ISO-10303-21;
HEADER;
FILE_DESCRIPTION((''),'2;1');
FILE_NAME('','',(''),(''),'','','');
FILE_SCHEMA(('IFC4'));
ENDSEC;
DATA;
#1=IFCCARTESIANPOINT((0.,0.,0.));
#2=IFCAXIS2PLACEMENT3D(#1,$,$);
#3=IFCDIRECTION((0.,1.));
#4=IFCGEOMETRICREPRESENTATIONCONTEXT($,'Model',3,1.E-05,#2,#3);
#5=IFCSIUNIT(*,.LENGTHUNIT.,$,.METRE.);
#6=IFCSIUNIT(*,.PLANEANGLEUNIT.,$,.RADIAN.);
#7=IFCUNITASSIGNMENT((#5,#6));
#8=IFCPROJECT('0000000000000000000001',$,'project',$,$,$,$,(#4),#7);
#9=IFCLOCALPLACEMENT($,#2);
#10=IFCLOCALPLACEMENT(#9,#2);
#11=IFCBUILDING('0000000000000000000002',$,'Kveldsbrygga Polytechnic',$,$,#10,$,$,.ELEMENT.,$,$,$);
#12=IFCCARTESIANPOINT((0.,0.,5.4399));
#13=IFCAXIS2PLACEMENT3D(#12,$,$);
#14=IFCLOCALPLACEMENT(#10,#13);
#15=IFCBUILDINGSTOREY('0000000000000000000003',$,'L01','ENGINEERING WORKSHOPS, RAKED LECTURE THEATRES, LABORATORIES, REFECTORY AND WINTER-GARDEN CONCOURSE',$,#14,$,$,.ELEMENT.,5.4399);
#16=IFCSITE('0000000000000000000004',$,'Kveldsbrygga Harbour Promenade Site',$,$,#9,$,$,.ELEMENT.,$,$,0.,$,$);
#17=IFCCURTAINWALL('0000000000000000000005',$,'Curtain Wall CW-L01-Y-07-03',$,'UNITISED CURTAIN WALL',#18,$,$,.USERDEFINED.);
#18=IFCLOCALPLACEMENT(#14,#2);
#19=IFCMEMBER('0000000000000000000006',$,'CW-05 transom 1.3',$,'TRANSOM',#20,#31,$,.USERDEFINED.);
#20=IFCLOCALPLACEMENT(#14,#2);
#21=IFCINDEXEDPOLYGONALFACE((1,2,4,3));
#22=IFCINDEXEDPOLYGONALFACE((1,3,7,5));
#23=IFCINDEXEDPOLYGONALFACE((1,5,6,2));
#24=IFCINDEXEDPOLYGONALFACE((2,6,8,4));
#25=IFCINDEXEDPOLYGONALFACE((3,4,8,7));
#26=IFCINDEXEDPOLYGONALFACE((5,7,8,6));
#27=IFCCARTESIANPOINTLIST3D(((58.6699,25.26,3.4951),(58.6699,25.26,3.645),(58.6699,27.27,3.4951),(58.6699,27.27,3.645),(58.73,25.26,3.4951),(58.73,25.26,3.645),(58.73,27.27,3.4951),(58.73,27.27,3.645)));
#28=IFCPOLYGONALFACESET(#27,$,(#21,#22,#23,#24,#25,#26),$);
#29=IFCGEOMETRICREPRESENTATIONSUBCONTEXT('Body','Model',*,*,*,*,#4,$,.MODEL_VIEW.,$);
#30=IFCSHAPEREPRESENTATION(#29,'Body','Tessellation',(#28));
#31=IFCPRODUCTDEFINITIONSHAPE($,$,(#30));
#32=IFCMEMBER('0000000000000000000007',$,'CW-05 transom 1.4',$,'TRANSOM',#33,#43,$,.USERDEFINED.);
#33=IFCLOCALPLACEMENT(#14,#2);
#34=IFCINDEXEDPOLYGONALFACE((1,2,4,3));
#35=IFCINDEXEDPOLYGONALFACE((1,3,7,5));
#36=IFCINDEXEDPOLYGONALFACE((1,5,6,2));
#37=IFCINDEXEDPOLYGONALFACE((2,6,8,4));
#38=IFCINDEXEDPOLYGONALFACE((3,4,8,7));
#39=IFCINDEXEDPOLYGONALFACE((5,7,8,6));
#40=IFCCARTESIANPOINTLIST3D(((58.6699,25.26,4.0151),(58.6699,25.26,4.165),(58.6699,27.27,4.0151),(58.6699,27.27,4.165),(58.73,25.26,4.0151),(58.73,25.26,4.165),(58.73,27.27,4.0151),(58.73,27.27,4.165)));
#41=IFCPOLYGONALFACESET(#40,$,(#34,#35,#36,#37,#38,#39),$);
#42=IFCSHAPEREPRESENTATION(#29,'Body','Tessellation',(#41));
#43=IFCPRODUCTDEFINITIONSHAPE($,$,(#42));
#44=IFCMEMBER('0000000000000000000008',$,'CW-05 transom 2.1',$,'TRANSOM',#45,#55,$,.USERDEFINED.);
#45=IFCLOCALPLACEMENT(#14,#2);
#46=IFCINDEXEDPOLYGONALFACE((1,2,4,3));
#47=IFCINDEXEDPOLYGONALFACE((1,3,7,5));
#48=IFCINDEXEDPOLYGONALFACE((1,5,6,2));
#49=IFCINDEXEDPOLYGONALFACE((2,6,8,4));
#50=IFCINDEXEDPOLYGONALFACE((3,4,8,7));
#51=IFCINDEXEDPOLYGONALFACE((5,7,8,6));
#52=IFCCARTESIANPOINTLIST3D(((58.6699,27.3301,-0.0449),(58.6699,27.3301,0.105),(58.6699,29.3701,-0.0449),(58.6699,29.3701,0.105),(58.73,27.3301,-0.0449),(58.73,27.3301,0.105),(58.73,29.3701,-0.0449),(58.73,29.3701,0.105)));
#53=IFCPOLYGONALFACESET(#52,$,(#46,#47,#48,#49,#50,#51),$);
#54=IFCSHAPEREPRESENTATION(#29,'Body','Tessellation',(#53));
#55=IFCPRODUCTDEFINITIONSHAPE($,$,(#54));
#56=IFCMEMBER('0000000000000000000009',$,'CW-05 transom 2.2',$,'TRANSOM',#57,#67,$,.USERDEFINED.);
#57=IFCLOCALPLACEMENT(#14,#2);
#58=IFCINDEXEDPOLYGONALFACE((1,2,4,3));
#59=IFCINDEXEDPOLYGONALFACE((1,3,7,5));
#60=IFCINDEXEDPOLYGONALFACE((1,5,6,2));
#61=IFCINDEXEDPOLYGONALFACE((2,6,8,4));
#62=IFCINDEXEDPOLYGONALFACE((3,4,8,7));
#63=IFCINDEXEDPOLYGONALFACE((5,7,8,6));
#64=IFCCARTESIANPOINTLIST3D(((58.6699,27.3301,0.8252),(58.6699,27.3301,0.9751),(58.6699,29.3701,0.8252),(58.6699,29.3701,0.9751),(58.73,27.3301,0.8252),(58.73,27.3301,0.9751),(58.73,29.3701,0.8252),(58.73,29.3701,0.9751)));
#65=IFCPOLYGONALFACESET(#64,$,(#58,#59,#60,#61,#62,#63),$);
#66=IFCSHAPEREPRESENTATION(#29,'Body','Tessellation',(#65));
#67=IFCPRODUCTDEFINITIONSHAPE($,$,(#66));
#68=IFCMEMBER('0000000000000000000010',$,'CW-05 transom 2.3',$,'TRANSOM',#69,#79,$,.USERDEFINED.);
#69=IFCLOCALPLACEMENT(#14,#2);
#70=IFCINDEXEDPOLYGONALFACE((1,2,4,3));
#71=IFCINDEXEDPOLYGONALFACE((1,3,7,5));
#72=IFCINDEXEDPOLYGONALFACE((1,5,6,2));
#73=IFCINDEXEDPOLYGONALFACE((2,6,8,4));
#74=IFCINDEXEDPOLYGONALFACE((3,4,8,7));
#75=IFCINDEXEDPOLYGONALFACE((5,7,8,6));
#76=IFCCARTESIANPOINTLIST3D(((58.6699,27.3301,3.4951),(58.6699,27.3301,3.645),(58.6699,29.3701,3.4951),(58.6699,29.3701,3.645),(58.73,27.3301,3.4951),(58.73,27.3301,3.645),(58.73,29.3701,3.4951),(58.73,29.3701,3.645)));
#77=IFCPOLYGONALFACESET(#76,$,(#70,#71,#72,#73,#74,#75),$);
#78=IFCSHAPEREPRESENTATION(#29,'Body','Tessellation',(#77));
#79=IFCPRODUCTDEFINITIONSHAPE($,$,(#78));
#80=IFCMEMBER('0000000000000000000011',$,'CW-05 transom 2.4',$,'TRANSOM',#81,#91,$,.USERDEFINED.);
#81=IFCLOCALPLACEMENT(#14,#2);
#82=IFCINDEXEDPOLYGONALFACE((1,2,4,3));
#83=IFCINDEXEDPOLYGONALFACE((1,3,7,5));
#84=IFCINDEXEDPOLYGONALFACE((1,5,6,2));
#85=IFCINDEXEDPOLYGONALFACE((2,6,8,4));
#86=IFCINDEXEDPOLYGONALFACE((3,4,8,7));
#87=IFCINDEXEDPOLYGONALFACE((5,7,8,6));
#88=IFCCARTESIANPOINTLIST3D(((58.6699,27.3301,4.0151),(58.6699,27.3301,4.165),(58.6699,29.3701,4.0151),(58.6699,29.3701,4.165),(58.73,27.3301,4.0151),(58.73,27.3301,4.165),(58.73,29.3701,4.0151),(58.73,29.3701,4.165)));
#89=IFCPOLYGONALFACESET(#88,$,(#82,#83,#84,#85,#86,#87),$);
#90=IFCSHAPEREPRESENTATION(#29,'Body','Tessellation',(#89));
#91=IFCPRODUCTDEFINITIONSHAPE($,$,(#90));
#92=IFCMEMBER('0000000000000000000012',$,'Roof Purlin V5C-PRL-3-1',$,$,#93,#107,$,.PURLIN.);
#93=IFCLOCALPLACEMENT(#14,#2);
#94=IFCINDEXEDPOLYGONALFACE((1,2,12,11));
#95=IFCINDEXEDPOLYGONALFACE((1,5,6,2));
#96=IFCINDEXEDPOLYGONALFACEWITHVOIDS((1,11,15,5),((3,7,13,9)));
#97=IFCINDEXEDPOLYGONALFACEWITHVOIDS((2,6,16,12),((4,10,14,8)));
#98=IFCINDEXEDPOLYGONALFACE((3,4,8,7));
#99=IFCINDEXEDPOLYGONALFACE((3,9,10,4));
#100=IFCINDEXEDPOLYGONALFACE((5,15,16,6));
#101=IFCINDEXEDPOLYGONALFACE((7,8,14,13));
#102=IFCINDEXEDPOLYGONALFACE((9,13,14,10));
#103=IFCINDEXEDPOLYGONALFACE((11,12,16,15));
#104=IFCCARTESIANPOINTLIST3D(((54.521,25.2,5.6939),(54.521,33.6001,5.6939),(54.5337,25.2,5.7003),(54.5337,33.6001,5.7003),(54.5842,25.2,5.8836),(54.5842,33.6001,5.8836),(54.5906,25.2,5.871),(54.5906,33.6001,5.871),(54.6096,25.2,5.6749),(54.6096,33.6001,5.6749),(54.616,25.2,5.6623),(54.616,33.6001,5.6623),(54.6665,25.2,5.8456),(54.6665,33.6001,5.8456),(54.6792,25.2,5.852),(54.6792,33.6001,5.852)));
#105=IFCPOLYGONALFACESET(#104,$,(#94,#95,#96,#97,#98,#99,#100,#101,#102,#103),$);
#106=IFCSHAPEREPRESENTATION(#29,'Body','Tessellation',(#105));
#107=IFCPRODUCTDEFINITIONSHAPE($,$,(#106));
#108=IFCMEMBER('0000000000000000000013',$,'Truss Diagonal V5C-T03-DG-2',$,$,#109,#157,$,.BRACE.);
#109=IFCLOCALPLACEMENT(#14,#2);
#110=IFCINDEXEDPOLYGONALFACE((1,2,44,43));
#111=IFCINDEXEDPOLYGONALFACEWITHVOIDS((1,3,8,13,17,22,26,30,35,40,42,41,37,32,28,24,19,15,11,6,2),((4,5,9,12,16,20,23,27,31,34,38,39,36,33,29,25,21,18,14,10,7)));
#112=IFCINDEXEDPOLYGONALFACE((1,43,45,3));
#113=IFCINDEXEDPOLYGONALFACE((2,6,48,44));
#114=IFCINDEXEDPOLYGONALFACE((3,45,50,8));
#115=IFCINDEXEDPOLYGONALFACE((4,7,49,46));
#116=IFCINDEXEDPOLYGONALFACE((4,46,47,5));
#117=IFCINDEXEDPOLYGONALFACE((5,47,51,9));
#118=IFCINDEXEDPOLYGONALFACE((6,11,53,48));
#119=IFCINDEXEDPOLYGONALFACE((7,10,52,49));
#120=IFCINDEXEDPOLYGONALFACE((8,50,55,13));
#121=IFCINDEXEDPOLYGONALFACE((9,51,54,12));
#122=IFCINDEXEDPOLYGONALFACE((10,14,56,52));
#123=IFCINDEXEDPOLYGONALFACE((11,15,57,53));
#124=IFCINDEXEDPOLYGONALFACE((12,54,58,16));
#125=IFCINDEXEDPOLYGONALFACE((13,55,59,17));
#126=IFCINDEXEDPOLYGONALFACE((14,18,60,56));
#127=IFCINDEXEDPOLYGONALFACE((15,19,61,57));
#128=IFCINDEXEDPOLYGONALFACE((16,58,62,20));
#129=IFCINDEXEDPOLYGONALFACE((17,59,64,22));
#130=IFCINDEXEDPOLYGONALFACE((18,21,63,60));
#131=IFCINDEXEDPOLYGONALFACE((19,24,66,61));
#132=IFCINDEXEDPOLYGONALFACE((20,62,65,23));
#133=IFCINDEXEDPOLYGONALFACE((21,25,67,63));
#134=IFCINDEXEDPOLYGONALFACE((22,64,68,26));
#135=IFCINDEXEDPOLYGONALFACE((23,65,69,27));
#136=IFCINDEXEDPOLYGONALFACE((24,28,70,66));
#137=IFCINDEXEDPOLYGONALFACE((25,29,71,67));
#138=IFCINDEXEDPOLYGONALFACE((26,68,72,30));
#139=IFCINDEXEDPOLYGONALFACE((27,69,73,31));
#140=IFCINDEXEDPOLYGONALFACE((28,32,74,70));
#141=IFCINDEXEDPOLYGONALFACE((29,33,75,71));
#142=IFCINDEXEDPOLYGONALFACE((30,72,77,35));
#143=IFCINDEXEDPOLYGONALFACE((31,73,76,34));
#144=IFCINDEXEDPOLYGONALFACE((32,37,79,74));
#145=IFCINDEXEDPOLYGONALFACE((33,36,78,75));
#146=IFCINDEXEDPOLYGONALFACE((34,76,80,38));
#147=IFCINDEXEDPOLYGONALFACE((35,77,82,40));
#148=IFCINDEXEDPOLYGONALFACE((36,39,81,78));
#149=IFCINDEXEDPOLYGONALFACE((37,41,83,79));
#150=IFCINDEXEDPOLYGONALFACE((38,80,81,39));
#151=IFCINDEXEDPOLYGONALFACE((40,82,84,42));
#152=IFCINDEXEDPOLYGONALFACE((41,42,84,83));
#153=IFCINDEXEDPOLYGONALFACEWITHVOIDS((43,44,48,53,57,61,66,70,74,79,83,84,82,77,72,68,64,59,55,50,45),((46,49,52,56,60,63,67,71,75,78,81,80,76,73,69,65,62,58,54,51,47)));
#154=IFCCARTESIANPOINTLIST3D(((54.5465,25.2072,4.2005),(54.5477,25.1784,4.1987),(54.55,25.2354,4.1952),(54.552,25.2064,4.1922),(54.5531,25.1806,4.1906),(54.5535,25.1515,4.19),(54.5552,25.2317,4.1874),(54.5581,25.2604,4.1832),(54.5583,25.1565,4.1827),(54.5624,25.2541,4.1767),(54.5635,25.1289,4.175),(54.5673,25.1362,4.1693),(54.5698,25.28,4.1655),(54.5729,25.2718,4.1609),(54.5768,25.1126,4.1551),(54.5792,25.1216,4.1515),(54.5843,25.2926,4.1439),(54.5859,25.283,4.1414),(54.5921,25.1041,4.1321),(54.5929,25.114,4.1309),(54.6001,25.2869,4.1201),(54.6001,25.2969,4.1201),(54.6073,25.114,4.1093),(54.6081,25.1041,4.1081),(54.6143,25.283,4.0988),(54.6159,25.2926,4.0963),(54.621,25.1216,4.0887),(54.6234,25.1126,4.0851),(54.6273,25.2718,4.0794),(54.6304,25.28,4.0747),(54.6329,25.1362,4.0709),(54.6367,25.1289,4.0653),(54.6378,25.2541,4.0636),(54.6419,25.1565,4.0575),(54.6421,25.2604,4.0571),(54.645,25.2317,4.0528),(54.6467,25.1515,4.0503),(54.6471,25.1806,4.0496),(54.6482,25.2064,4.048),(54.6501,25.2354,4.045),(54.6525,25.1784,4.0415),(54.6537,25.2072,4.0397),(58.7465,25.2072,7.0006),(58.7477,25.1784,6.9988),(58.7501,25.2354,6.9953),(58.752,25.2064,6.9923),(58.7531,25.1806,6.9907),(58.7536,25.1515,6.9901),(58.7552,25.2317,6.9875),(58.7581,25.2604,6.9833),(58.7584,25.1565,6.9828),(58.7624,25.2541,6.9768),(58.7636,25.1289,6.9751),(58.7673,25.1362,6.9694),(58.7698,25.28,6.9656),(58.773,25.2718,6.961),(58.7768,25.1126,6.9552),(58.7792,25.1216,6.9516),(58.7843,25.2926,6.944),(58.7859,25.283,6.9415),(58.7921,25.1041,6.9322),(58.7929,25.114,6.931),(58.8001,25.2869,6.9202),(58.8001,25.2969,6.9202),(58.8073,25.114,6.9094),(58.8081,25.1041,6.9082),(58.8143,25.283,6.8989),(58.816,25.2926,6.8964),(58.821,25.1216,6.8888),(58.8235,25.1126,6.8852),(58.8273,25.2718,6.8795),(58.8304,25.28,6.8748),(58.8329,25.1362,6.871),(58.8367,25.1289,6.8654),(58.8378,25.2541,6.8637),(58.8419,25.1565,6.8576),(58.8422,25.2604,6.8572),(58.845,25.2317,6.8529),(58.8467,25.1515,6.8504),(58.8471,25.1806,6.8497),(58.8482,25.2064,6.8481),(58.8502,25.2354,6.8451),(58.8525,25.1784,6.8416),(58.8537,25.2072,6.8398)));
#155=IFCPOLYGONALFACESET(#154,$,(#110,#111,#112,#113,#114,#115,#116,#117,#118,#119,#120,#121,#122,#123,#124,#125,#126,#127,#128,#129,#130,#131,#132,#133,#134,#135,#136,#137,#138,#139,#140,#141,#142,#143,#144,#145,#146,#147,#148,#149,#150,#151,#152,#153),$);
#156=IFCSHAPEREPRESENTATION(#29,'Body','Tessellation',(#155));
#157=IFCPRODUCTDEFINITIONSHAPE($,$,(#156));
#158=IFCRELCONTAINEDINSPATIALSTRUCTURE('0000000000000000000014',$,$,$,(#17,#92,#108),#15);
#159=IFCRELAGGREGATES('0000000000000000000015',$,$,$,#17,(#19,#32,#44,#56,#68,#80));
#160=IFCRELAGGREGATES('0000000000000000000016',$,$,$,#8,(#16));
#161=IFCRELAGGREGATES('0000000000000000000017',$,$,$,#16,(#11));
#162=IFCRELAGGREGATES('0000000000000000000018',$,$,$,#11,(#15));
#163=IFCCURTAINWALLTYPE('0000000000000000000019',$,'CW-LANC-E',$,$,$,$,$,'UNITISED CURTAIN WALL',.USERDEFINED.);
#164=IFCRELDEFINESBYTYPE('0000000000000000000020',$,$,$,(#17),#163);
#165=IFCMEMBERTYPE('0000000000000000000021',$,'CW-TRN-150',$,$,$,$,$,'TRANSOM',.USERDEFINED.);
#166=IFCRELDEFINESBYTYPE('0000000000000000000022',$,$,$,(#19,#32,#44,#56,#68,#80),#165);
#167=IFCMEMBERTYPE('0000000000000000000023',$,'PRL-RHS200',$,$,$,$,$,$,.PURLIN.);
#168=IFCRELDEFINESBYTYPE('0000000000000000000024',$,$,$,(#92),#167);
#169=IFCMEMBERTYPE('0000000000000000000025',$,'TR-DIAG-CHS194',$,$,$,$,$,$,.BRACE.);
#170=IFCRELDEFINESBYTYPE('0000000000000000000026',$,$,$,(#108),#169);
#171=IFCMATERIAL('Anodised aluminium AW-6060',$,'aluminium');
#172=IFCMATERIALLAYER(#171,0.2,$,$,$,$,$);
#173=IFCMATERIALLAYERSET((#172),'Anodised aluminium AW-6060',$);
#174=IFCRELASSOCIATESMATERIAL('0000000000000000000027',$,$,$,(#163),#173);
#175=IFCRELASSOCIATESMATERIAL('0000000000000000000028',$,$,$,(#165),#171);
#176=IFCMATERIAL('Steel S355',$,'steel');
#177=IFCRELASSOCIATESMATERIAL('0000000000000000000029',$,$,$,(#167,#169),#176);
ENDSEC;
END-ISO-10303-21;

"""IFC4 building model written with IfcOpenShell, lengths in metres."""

from ifc_helpers import new_model, si_unit, direction, frame, origin, origin_2d, place, context, subcontext, project, spatial, rectangle, hollow_rectangle, hollow_circle, extrude, material, layer, layer_set, material_profile, profile_set, type_object, element, aggregate, save


model = new_model("IFC4")

# Units and contexts
model_context = context("Model", 3, precision=1e-05, world=origin(), true_north=direction((0.0, 1.0)))
body_context = subcontext(model_context, "Body", "Model", "MODEL_VIEW")
ifc_project = project(units=[si_unit("LENGTHUNIT", "METRE"), si_unit("PLANEANGLEUNIT", "RADIAN")], contexts=[model_context])

# Site, building, storey
site_placement = place(None, origin())
site = spatial("IfcSite", under=ifc_project, at=site_placement, Name="Kveldsbrygga Harbour Promenade Site", CompositionType="ELEMENT", RefElevation=0.0)
building_placement = place(site_placement, origin())
building = spatial("IfcBuilding", under=site, at=building_placement, Name="Kveldsbrygga Polytechnic", CompositionType="ELEMENT")
storey_placement = place(building_placement, frame((0.0, 0.0, 5.4399)))
storey = spatial("IfcBuildingStorey", under=building, at=storey_placement, Name="L01", Description="ENGINEERING WORKSHOPS, RAKED LECTURE THEATRES, LABORATORIES, REFECTORY AND WINTER-GARDEN CONCOURSE", CompositionType="ELEMENT", Elevation=5.4399)

# Curtain wall
ifc_material_1 = material(Name="Anodised aluminium AW-6060", Category="aluminium")
ifc_layer_1 = layer(ifc_material_1, 0.2)
ifc_layer_set_1 = layer_set([ifc_layer_1], Name="Anodised aluminium AW-6060")
curtain_wall_type_1 = type_object("IfcCurtainWallType", Name="CW-LANC-E", ElementType="UNITISED CURTAIN WALL", PredefinedType="USERDEFINED", material=ifc_layer_set_1)
curtain_wall_1_placement = place(storey_placement, origin())
curtain_wall_1 = element("IfcCurtainWall", 1, at=curtain_wall_1_placement, inside=storey, type_object=curtain_wall_type_1, Name="Curtain Wall CW-L01-Y-07-03", ObjectType="UNITISED CURTAIN WALL", PredefinedType="USERDEFINED")

# Members
ifc_material_profile_1 = material_profile(ifc_material_1, rectangle(XDim=0.0601, YDim=0.1499, at=origin_2d()), Name="ALU 60x150")
ifc_profile_set_1 = profile_set([ifc_material_profile_1], Name="Anodised aluminium AW-6060")
member_type_1 = type_object("IfcMemberType", Name="CW-TRN-150", ElementType="TRANSOM", PredefinedType="USERDEFINED", material=ifc_profile_set_1)
member_1_placement = place(storey_placement, frame((58.7, 25.26, 3.5701), z_axis=(0.0, 1.0, 0.0), x_axis=(-1.0, 0.0, 0.0)))
member_1 = element("IfcMember", 2, at=member_1_placement, type_object=member_type_1, Name="CW-05 transom 1.3", ObjectType="TRANSOM", PredefinedType="USERDEFINED", context=body_context, shape_type="SweptSolid", body=[
    extrude(rectangle(XDim=0.0601, YDim=0.1499, at=origin_2d()), origin(), (0.0, 0.0, 1.0), 2.01),
])
member_2_placement = place(storey_placement, frame((58.7, 25.26, 4.0901), z_axis=(0.0, 1.0, 0.0), x_axis=(-1.0, 0.0, 0.0)))
member_2 = element("IfcMember", 3, at=member_2_placement, type_object=member_type_1, Name="CW-05 transom 1.4", ObjectType="TRANSOM", PredefinedType="USERDEFINED", context=body_context, shape_type="SweptSolid", body=[
    extrude(rectangle(XDim=0.0601, YDim=0.1499, at=origin_2d()), origin(), (0.0, 0.0, 1.0), 2.01),
])
member_3_placement = place(storey_placement, frame((58.7, 27.3301, 0.03), z_axis=(0.0, 1.0, 0.0), x_axis=(-1.0, 0.0, 0.0)))
member_3 = element("IfcMember", 4, at=member_3_placement, type_object=member_type_1, Name="CW-05 transom 2.1", ObjectType="TRANSOM", PredefinedType="USERDEFINED", context=body_context, shape_type="SweptSolid", body=[
    extrude(rectangle(XDim=0.0601, YDim=0.1499, at=origin_2d()), origin(), (0.0, 0.0, 1.0), 2.04),
])
member_4_placement = place(storey_placement, frame((58.7, 27.3301, 0.9001), z_axis=(0.0, 1.0, 0.0), x_axis=(-1.0, 0.0, 0.0)))
member_4 = element("IfcMember", 5, at=member_4_placement, type_object=member_type_1, Name="CW-05 transom 2.2", ObjectType="TRANSOM", PredefinedType="USERDEFINED", context=body_context, shape_type="SweptSolid", body=[
    extrude(rectangle(XDim=0.0601, YDim=0.1499, at=origin_2d()), origin(), (0.0, 0.0, 1.0), 2.04),
])
member_5_placement = place(storey_placement, frame((58.7, 27.3301, 3.5701), z_axis=(0.0, 1.0, 0.0), x_axis=(-1.0, 0.0, 0.0)))
member_5 = element("IfcMember", 6, at=member_5_placement, type_object=member_type_1, Name="CW-05 transom 2.3", ObjectType="TRANSOM", PredefinedType="USERDEFINED", context=body_context, shape_type="SweptSolid", body=[
    extrude(rectangle(XDim=0.0601, YDim=0.1499, at=origin_2d()), origin(), (0.0, 0.0, 1.0), 2.04),
])
member_6_placement = place(storey_placement, frame((58.7, 27.3301, 4.0901), z_axis=(0.0, 1.0, 0.0), x_axis=(-1.0, 0.0, 0.0)))
member_6 = element("IfcMember", 7, at=member_6_placement, type_object=member_type_1, Name="CW-05 transom 2.4", ObjectType="TRANSOM", PredefinedType="USERDEFINED", context=body_context, shape_type="SweptSolid", body=[
    extrude(rectangle(XDim=0.0601, YDim=0.1499, at=origin_2d()), origin(), (0.0, 0.0, 1.0), 2.04),
])

# Members
ifc_material_2 = material(Name="Steel S355", Category="steel")
ifc_material_profile_2 = material_profile(ifc_material_2, hollow_rectangle(XDim=0.1001, YDim=0.2, WallThickness=0.01, at=origin_2d()), Name="RHS 200x100x10.0")
ifc_profile_set_2 = profile_set([ifc_material_profile_2], Name="Steel S355")
member_type_2 = type_object("IfcMemberType", Name="PRL-RHS200", PredefinedType="PURLIN", material=ifc_profile_set_2)
member_7_placement = place(storey_placement, frame((54.6001, 25.2, 5.7729), z_axis=(0.0, 1.0, 0.0), x_axis=(-0.948684, 0.0, 0.316227)))
element("IfcMember", 8, at=member_7_placement, inside=storey, type_object=member_type_2, Name="Roof Purlin V5C-PRL-3-1", PredefinedType="PURLIN", context=body_context, shape_type="SweptSolid", body=[
    extrude(hollow_rectangle(XDim=0.1001, YDim=0.2, WallThickness=0.01, at=origin_2d()), origin(), (0.0, 0.0, 1.0), 8.4001),
])
ifc_material_profile_3 = material_profile(ifc_material_2, hollow_circle(Radius=0.0969, WallThickness=0.01, at=origin_2d()), Name="CHS 193.7x10.0")
ifc_profile_set_3 = profile_set([ifc_material_profile_3], Name="Steel S355")
member_type_3 = type_object("IfcMemberType", Name="TR-DIAG-CHS194", PredefinedType="BRACE", material=ifc_profile_set_3)
member_8_placement = place(storey_placement, frame((54.6001, 25.2, 4.1201), z_axis=(0.832043, 0.0, 0.554711), x_axis=(0.0, 1.0, 0.0)))
element("IfcMember", 9, at=member_8_placement, inside=storey, type_object=member_type_3, Name="Truss Diagonal V5C-T03-DG-2", PredefinedType="BRACE", context=body_context, shape_type="SweptSolid", body=[
    extrude(hollow_circle(Radius=0.0969, WallThickness=0.01, at=origin_2d()), origin(), (0.0, 0.0, 1.0), 5.0479),
])

aggregate(curtain_wall_1, [member_1, member_2, member_3, member_4, member_5, member_6])

save(model, "model.ifc")
